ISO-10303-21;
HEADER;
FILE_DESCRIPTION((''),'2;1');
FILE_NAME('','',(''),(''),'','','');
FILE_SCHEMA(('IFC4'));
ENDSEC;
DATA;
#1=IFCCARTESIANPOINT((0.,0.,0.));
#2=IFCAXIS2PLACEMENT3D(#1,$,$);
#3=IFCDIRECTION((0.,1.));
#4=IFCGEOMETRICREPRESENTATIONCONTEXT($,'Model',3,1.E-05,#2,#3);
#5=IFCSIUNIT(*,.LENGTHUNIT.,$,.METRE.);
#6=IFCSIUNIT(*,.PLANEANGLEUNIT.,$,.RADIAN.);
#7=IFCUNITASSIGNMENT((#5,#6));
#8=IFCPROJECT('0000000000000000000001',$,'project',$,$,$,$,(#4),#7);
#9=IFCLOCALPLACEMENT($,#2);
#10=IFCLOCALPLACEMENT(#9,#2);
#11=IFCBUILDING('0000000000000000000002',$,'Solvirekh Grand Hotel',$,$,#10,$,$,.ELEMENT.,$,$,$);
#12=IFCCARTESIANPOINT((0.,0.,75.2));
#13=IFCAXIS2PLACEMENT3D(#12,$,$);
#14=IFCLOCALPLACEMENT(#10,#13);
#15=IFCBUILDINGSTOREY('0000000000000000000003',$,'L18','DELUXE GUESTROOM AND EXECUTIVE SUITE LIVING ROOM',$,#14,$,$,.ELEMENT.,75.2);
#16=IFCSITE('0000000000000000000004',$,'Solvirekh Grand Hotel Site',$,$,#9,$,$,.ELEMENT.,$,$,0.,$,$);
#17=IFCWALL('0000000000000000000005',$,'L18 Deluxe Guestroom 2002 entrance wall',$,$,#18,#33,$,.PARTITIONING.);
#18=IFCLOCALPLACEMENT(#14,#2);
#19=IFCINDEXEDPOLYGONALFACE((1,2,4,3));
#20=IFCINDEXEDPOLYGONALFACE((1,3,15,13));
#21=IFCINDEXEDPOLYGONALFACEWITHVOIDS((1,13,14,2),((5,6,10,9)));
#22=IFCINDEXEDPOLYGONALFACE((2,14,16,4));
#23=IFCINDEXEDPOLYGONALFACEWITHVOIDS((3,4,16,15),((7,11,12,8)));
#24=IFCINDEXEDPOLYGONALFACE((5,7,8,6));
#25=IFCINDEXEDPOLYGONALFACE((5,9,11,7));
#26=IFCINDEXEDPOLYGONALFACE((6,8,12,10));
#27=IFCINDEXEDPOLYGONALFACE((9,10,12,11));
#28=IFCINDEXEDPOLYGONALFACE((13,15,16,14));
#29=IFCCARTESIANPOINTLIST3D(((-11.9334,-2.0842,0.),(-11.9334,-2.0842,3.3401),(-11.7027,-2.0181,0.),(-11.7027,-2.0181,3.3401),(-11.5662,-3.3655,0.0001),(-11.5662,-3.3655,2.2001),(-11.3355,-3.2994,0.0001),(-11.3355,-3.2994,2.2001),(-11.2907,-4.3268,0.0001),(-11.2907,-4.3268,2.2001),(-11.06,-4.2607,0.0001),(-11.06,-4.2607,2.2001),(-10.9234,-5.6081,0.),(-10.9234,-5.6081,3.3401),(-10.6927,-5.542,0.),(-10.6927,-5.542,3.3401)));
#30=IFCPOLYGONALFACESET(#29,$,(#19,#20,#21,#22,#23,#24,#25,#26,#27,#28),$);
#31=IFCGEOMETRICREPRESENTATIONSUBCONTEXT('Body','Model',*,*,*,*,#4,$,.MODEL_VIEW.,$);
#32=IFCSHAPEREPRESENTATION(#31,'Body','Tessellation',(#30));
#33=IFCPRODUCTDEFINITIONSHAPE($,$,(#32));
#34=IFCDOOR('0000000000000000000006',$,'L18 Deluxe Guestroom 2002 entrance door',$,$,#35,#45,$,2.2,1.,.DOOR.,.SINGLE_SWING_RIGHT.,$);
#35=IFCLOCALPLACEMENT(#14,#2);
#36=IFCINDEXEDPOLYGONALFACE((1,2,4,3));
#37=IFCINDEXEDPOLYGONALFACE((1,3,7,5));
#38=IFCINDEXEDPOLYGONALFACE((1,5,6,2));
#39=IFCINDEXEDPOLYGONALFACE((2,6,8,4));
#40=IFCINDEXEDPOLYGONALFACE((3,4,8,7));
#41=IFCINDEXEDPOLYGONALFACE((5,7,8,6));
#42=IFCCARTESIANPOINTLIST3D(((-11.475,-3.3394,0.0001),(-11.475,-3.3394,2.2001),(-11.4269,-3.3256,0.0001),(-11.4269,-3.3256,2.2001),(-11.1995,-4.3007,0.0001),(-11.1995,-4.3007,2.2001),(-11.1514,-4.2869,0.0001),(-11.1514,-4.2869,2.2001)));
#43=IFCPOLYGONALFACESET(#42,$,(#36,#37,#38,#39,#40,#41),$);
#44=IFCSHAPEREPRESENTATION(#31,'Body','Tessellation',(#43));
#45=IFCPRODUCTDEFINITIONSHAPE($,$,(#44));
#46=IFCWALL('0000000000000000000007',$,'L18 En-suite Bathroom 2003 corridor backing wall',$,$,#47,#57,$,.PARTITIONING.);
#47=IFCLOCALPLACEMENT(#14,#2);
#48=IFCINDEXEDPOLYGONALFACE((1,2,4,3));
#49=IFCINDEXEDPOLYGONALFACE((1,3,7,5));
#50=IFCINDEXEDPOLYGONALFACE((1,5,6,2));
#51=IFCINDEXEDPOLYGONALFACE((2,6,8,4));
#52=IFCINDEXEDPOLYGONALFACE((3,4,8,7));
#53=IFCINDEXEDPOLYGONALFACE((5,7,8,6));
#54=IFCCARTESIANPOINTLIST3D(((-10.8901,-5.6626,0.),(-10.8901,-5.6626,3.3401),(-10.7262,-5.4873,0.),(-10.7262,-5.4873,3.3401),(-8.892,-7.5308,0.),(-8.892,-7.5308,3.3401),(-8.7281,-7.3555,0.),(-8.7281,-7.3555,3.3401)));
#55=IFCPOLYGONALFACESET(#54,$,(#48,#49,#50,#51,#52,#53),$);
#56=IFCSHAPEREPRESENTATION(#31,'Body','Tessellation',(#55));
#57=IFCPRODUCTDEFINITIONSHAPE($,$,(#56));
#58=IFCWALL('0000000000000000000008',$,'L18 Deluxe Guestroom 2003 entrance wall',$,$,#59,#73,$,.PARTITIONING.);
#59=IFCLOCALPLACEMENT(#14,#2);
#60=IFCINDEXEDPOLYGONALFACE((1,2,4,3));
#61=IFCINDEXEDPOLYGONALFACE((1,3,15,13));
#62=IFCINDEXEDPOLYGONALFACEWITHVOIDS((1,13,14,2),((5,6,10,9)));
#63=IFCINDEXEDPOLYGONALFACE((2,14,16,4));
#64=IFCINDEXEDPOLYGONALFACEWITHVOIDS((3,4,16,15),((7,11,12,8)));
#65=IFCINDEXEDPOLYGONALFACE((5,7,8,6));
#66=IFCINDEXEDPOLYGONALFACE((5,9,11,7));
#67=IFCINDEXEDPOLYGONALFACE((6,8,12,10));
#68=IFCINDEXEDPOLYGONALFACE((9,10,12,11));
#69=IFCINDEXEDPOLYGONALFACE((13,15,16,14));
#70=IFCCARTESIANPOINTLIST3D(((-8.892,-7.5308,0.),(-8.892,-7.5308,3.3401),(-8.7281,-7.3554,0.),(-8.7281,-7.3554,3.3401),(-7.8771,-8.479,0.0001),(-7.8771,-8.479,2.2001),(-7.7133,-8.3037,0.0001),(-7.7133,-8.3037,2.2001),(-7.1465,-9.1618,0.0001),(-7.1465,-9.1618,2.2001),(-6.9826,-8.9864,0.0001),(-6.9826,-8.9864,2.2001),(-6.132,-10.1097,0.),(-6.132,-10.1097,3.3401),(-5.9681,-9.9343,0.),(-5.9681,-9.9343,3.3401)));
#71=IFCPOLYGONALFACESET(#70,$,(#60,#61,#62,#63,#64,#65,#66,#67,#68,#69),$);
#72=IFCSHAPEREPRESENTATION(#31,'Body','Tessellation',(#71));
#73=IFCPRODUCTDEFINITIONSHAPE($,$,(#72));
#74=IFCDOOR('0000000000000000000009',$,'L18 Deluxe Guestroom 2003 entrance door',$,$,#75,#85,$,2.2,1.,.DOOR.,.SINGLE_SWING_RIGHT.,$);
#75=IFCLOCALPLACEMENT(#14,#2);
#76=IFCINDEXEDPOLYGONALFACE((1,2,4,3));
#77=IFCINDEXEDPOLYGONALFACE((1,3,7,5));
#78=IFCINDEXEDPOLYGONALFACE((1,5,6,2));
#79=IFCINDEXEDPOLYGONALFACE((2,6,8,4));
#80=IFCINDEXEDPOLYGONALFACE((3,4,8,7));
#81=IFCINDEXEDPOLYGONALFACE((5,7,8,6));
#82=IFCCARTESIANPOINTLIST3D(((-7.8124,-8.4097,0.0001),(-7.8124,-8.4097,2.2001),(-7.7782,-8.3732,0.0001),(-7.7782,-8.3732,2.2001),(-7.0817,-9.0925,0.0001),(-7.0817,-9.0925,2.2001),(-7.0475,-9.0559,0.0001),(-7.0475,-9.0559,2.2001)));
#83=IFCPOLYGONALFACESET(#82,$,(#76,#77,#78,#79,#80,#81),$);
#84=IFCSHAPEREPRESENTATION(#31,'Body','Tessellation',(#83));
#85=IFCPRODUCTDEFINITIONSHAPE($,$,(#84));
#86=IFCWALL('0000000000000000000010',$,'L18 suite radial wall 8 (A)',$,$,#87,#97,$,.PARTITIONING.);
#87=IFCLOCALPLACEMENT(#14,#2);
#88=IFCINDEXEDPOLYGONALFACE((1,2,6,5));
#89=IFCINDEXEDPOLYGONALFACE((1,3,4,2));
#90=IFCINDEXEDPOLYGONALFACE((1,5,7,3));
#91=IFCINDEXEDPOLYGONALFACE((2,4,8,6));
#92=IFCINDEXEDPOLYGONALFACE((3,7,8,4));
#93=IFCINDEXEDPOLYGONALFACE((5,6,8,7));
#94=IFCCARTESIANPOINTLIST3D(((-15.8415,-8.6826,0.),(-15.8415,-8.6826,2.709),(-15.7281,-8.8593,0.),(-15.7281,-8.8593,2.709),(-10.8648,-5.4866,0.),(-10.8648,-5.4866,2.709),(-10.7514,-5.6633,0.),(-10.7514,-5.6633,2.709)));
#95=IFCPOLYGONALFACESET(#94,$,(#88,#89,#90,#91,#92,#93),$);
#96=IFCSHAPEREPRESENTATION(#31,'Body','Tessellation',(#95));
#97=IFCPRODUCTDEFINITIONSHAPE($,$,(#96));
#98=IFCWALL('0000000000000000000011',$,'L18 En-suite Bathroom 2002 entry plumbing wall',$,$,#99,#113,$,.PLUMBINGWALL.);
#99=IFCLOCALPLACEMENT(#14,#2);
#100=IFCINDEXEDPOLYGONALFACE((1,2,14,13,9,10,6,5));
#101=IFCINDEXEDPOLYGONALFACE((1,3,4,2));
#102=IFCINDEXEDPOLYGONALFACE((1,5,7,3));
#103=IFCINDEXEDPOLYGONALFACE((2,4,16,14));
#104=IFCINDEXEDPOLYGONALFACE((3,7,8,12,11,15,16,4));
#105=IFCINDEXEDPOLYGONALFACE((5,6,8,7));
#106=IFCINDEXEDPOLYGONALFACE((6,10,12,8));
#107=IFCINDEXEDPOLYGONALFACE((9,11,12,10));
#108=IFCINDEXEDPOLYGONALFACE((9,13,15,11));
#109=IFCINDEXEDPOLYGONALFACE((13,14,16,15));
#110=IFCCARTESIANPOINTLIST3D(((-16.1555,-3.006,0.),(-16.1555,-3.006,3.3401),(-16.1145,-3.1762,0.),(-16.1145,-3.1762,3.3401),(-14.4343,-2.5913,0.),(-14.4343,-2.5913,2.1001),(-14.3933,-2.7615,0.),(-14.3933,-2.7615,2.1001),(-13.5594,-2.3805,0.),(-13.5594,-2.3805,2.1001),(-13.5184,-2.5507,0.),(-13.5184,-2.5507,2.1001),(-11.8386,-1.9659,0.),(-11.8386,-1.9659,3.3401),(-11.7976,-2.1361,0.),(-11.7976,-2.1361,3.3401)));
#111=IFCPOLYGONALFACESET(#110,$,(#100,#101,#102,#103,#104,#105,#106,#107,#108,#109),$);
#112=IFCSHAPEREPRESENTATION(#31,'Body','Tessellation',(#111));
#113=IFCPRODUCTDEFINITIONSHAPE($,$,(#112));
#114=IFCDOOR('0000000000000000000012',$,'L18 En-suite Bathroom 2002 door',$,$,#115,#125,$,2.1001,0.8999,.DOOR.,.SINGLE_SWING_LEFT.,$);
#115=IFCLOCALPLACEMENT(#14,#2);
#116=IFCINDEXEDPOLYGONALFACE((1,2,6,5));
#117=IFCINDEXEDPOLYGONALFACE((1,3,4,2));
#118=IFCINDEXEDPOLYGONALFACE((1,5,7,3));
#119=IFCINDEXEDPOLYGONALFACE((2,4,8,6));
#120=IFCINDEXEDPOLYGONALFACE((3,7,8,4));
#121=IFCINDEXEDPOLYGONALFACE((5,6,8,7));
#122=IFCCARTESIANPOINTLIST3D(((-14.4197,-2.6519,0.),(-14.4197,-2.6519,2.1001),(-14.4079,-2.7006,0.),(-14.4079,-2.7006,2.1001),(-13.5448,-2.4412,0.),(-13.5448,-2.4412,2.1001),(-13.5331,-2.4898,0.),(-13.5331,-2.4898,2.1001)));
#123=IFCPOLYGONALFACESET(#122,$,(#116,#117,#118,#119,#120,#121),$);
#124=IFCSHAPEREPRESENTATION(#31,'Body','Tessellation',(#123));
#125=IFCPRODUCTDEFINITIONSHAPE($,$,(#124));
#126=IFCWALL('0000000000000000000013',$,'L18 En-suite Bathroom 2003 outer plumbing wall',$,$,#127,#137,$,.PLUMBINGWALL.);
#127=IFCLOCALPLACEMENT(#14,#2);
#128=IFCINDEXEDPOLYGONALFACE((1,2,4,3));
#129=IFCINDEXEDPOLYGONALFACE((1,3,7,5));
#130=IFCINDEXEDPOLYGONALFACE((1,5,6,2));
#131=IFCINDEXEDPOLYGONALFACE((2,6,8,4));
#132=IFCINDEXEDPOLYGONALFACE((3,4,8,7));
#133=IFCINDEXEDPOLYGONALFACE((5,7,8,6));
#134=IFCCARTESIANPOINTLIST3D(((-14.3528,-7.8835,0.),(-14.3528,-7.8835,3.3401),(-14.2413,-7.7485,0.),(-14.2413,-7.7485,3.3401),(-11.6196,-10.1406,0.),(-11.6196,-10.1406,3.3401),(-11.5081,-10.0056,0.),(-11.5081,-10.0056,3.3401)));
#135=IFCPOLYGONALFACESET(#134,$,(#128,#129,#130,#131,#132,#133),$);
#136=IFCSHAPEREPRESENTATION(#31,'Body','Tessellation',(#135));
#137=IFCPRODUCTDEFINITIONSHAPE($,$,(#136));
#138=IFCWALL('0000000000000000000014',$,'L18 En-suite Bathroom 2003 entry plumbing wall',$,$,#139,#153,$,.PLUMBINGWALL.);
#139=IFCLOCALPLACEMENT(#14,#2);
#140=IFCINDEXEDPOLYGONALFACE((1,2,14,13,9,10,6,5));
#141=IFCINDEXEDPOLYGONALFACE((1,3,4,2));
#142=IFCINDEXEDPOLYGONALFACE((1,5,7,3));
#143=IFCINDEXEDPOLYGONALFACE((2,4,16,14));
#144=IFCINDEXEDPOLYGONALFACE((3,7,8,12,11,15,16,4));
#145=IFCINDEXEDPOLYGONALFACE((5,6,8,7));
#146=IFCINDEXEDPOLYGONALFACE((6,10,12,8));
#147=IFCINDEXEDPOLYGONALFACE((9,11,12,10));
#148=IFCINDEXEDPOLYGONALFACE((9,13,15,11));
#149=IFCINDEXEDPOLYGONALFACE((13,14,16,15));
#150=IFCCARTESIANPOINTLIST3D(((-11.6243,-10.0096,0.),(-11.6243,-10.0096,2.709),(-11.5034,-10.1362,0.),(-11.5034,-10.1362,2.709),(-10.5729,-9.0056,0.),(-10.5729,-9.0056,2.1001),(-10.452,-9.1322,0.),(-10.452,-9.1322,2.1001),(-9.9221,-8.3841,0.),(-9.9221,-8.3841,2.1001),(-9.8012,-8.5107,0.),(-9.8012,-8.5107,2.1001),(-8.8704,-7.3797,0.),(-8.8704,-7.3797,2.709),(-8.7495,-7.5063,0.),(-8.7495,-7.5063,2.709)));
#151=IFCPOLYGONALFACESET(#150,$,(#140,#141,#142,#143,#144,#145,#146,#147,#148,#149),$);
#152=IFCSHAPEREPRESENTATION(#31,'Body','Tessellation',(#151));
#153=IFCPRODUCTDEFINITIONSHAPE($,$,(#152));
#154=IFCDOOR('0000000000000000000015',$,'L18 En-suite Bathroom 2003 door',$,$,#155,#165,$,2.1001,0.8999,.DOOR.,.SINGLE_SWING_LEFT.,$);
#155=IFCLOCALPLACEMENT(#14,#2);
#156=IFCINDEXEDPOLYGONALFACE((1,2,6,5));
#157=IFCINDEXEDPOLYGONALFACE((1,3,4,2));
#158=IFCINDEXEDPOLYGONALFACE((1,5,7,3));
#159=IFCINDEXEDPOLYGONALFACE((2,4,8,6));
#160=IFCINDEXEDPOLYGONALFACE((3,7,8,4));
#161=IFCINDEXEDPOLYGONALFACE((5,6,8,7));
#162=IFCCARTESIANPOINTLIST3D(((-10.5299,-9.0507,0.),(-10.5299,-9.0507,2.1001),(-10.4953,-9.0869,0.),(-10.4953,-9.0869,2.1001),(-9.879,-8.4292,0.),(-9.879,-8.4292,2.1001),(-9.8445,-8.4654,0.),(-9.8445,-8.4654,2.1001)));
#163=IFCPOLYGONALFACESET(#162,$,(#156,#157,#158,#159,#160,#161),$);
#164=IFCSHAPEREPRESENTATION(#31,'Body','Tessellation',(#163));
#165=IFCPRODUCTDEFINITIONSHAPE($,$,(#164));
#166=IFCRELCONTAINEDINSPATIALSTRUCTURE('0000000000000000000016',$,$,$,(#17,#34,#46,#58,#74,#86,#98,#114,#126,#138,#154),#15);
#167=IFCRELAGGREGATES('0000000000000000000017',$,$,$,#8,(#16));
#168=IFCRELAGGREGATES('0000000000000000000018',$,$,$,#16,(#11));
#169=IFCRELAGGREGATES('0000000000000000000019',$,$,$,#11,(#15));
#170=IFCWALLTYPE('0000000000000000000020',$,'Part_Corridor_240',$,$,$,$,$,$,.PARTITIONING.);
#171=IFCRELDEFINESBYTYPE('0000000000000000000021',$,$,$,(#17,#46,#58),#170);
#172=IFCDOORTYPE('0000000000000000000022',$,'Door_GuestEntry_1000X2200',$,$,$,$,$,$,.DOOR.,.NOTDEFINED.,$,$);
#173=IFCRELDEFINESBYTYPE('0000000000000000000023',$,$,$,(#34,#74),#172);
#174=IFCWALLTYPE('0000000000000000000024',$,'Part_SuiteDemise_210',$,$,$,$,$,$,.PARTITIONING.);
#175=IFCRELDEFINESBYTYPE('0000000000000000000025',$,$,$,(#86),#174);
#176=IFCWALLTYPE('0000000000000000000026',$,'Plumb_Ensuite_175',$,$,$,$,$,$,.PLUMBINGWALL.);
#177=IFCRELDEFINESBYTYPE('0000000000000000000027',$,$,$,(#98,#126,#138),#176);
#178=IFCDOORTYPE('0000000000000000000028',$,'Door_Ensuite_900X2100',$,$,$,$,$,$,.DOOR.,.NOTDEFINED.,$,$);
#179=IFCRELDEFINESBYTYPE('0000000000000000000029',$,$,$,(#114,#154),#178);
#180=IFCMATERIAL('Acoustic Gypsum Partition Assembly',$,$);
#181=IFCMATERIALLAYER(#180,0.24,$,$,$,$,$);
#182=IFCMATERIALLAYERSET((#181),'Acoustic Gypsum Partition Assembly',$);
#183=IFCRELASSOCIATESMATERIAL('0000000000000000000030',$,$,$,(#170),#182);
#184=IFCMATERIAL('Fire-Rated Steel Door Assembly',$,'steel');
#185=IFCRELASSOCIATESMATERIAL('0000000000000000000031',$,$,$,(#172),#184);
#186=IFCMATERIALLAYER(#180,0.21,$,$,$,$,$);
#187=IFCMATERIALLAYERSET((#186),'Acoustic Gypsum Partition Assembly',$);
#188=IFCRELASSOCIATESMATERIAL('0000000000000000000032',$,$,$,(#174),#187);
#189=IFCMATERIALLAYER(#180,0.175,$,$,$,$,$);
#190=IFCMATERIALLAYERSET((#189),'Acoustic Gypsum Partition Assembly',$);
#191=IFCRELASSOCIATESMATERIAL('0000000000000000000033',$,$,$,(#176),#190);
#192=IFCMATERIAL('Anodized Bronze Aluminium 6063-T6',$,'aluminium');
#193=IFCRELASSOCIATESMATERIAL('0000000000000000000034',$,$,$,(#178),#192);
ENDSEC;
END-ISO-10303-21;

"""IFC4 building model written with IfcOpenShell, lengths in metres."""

from ifc_helpers import new_model, si_unit, direction, frame, frame_2d, origin, place, context, subcontext, project, spatial, rectangle, extrude, material, layer, layer_set, type_object, element, fill, save


model = new_model("IFC4")

# Units and contexts
model_context = context("Model", 3, precision=1e-05, world=origin(), true_north=direction((0.0, 1.0)))
body_context = subcontext(model_context, "Body", "Model", "MODEL_VIEW")
ifc_project = project(units=[si_unit("LENGTHUNIT", "METRE"), si_unit("PLANEANGLEUNIT", "RADIAN")], contexts=[model_context])

# Site, building, storey
site_placement = place(None, origin())
site = spatial("IfcSite", under=ifc_project, at=site_placement, Name="Solvirekh Grand Hotel Site", CompositionType="ELEMENT", RefElevation=0.0)
building_placement = place(site_placement, origin())
building = spatial("IfcBuilding", under=site, at=building_placement, Name="Solvirekh Grand Hotel", CompositionType="ELEMENT")
storey_placement = place(building_placement, frame((0.0, 0.0, 75.2)))
storey = spatial("IfcBuildingStorey", under=building, at=storey_placement, Name="L18", Description="DELUXE GUESTROOM AND EXECUTIVE SUITE LIVING ROOM", CompositionType="ELEMENT", Elevation=75.2)

# Wall, opening, door
ifc_material_1 = material(Name="Acoustic Gypsum Partition Assembly")
ifc_layer_1 = layer(ifc_material_1, 0.24)
ifc_layer_set_1 = layer_set([ifc_layer_1], Name="Acoustic Gypsum Partition Assembly")
wall_type_1 = type_object("IfcWallType", Name="Part_Corridor_240", PredefinedType="PARTITIONING", material=ifc_layer_set_1)
ifc_material_2 = material(Name="Fire-Rated Steel Door Assembly", Category="steel")
wall_1_placement = place(storey_placement, frame((-11.8181, -2.051, 0.0), z_axis=(0.0, 0.0, 1.0), x_axis=(0.275521, -0.961295, 0.0)))
wall_1 = element("IfcWall", 1, at=wall_1_placement, inside=storey, type_object=wall_type_1, Name="L18 Deluxe Guestroom 2002 entrance wall", PredefinedType="PARTITIONING", context=body_context, shape_type="SweptSolid", body=[
    extrude(rectangle(XDim=3.6658, YDim=0.24, at=frame_2d((1.833, 0.0))), origin(), (0.0, 0.0, 1.0), 3.3401),
])
opening_1_placement = place(wall_1_placement, frame((1.333, 0.0, 0.0)))
opening_1 = element("IfcOpeningElement", 2, at=opening_1_placement, cuts=wall_1, PredefinedType="OPENING", context=body_context, shape_type="SweptSolid", body=[
    extrude(rectangle(XDim=1.0, YDim=2.2, at=frame_2d((0.5, 1.1001))), frame((0.0, 0.1299, 0.0), z_axis=(0.0, -1.0, 0.0), x_axis=(1.0, 0.0, 0.0)), (0.0, 0.0, 1.0), 0.26),
])
door_type_1 = type_object("IfcDoorType", Name="Door_GuestEntry_1000X2200", OperationType="NOTDEFINED", PredefinedType="DOOR", material=ifc_material_2)
door_1_placement = place(opening_1_placement, origin())
door_1 = element("IfcDoor", 3, at=door_1_placement, inside=storey, type_object=door_type_1, Name="L18 Deluxe Guestroom 2002 entrance door", OperationType="SINGLE_SWING_RIGHT", OverallHeight=2.2, OverallWidth=1.0, PredefinedType="DOOR", context=body_context, shape_type="SweptSolid", body=[
    extrude(rectangle(XDim=1.0, YDim=2.2, at=frame_2d((0.5, 1.1001))), frame((0.0, 0.0249, 0.0), z_axis=(0.0, -1.0, 0.0), x_axis=(1.0, 0.0, 0.0)), (0.0, 0.0, 1.0), 0.05),
])
fill(opening_1, door_1)

# Wall
wall_2_placement = place(storey_placement, frame((-10.8081, -5.575, 0.0), z_axis=(0.0, 0.0, 1.0), x_axis=(0.730449, -0.682967, 0.0)))
element("IfcWall", 4, at=wall_2_placement, inside=storey, type_object=wall_type_1, Name="L18 En-suite Bathroom 2003 corridor backing wall", PredefinedType="PARTITIONING", context=body_context, shape_type="SweptSolid", body=[
    extrude(rectangle(XDim=2.7354, YDim=0.24, at=frame_2d((1.3677, 0.0))), origin(), (0.0, 0.0, 1.0), 3.3401),
])

# Wall, opening, door
wall_3_placement = place(storey_placement, frame((-8.8101, -7.4431, 0.0), z_axis=(0.0, 0.0, 1.0), x_axis=(0.730679, -0.682721, 0.0)))
wall_3 = element("IfcWall", 5, at=wall_3_placement, inside=storey, type_object=wall_type_1, Name="L18 Deluxe Guestroom 2003 entrance wall", PredefinedType="PARTITIONING", context=body_context, shape_type="SweptSolid", body=[
    extrude(rectangle(XDim=3.7773, YDim=0.24, at=frame_2d((1.8887, 0.0))), origin(), (0.0, 0.0, 1.0), 3.3401),
])
opening_2_placement = place(wall_3_placement, frame((1.3889, 0.0, 0.0)))
opening_2 = element("IfcOpeningElement", 6, at=opening_2_placement, cuts=wall_3, PredefinedType="OPENING", context=body_context, shape_type="SweptSolid", body=[
    extrude(rectangle(XDim=1.0, YDim=2.2, at=frame_2d((0.5, 1.1001))), frame((0.0, 0.1299, 0.0), z_axis=(0.0, -1.0, 0.0), x_axis=(1.0, 0.0, 0.0)), (0.0, 0.0, 1.0), 0.26),
])
door_2_placement = place(opening_2_placement, origin())
door_2 = element("IfcDoor", 7, at=door_2_placement, inside=storey, type_object=door_type_1, Name="L18 Deluxe Guestroom 2003 entrance door", OperationType="SINGLE_SWING_RIGHT", OverallHeight=2.2, OverallWidth=1.0, PredefinedType="DOOR", context=body_context, shape_type="SweptSolid", body=[
    extrude(rectangle(XDim=1.0, YDim=2.2, at=frame_2d((0.5, 1.1001))), frame((0.0, 0.0249, 0.0), z_axis=(0.0, -1.0, 0.0), x_axis=(1.0, 0.0, 0.0)), (0.0, 0.0, 1.0), 0.05),
])
fill(opening_2, door_2)

# Wall
ifc_layer_2 = layer(ifc_material_1, 0.21)
ifc_layer_set_2 = layer_set([ifc_layer_2], Name="Acoustic Gypsum Partition Assembly")
wall_type_2 = type_object("IfcWallType", Name="Part_SuiteDemise_210", PredefinedType="PARTITIONING", material=ifc_layer_set_2)
wall_4_placement = place(storey_placement, frame((-10.8081, -5.575, 0.0), z_axis=(0.0, 0.0, 1.0), x_axis=(-0.841435, -0.540359, 0.0)))
element("IfcWall", 8, at=wall_4_placement, inside=storey, type_object=wall_type_2, Name="L18 suite radial wall 8 (A)", PredefinedType="PARTITIONING", context=body_context, shape_type="SweptSolid", body=[
    extrude(rectangle(XDim=5.9146, YDim=0.21, at=frame_2d((2.9573, 0.0))), origin(), (0.0, 0.0, 1.0), 2.709),
])

# Wall, opening, door
ifc_layer_3 = layer(ifc_material_1, 0.175)
ifc_layer_set_3 = layer_set([ifc_layer_3], Name="Acoustic Gypsum Partition Assembly")
wall_type_3 = type_object("IfcWallType", Name="Plumb_Ensuite_175", PredefinedType="PLUMBINGWALL", material=ifc_layer_set_3)
wall_5_placement = place(storey_placement, frame((-11.8181, -2.051, 0.0), z_axis=(0.0, 0.0, 1.0), x_axis=(-0.972183, -0.234221, 0.0)))
wall_5 = element("IfcWall", 9, at=wall_5_placement, inside=storey, type_object=wall_type_3, Name="L18 En-suite Bathroom 2002 entry plumbing wall", PredefinedType="PLUMBINGWALL", context=body_context, shape_type="SweptSolid", body=[
    extrude(rectangle(XDim=4.4404, YDim=0.175, at=frame_2d((2.2202, 0.0))), origin(), (0.0, 0.0, 1.0), 3.3401),
])
opening_3_placement = place(wall_5_placement, frame((1.77, 0.0, 0.0)))
opening_3 = element("IfcOpeningElement", 10, at=opening_3_placement, cuts=wall_5, PredefinedType="OPENING", context=body_context, shape_type="SweptSolid", body=[
    extrude(rectangle(XDim=0.8999, YDim=2.1001, at=frame_2d((0.45, 1.05))), frame((0.0, 0.0977, 0.0), z_axis=(0.0, -1.0, 0.0), x_axis=(1.0, 0.0, 0.0)), (0.0, 0.0, 1.0), 0.1951),
])
ifc_material_3 = material(Name="Anodized Bronze Aluminium 6063-T6", Category="aluminium")
door_type_2 = type_object("IfcDoorType", Name="Door_Ensuite_900X2100", OperationType="NOTDEFINED", PredefinedType="DOOR", material=ifc_material_3)
door_3_placement = place(opening_3_placement, origin())
door_3 = element("IfcDoor", 11, at=door_3_placement, inside=storey, type_object=door_type_2, Name="L18 En-suite Bathroom 2002 door", OperationType="SINGLE_SWING_LEFT", OverallHeight=2.1001, OverallWidth=0.8999, PredefinedType="DOOR", context=body_context, shape_type="SweptSolid", body=[
    extrude(rectangle(XDim=0.8999, YDim=2.1001, at=frame_2d((0.45, 1.05))), frame((0.0, 0.0249, 0.0), z_axis=(0.0, -1.0, 0.0), x_axis=(1.0, 0.0, 0.0)), (0.0, 0.0, 1.0), 0.05),
])
fill(opening_3, door_3)

# Wall
wall_6_placement = place(storey_placement, frame((-14.2971, -7.8159, 0.0), z_axis=(0.0, 0.0, 1.0), x_axis=(0.771065, -0.636757, 0.0)))
element("IfcWall", 12, at=wall_6_placement, inside=storey, type_object=wall_type_3, Name="L18 En-suite Bathroom 2003 outer plumbing wall", PredefinedType="PLUMBINGWALL", context=body_context, shape_type="SweptSolid", body=[
    extrude(rectangle(XDim=3.5447, YDim=0.175, at=frame_2d((1.7725, 0.0))), origin(), (0.0, 0.0, 1.0), 3.3401),
])

# Wall, opening, door
wall_7_placement = place(storey_placement, frame((-8.8101, -7.4431, 0.0), z_axis=(0.0, 0.0, 1.0), x_axis=(-0.723204, -0.690634, 0.0)))
wall_7 = element("IfcWall", 13, at=wall_7_placement, inside=storey, type_object=wall_type_3, Name="L18 En-suite Bathroom 2003 entry plumbing wall", PredefinedType="PLUMBINGWALL", context=body_context, shape_type="SweptSolid", body=[
    extrude(rectangle(XDim=3.8079, YDim=0.175, at=frame_2d((1.9038, 0.0))), origin(), (0.0, 0.0, 1.0), 2.709),
])
opening_4_placement = place(wall_7_placement, frame((1.4541, 0.0, 0.0)))
opening_4 = element("IfcOpeningElement", 14, at=opening_4_placement, cuts=wall_7, PredefinedType="OPENING", context=body_context, shape_type="SweptSolid", body=[
    extrude(rectangle(XDim=0.8999, YDim=2.1001, at=frame_2d((0.45, 1.05))), frame((0.0, 0.0977, 0.0), z_axis=(0.0, -1.0, 0.0), x_axis=(1.0, 0.0, 0.0)), (0.0, 0.0, 1.0), 0.1951),
])
door_4_placement = place(opening_4_placement, origin())
door_4 = element("IfcDoor", 15, at=door_4_placement, inside=storey, type_object=door_type_2, Name="L18 En-suite Bathroom 2003 door", OperationType="SINGLE_SWING_LEFT", OverallHeight=2.1001, OverallWidth=0.8999, PredefinedType="DOOR", context=body_context, shape_type="SweptSolid", body=[
    extrude(rectangle(XDim=0.8999, YDim=2.1001, at=frame_2d((0.45, 1.05))), frame((0.0, 0.0249, 0.0), z_axis=(0.0, -1.0, 0.0), x_axis=(1.0, 0.0, 0.0)), (0.0, 0.0, 1.0), 0.05),
])
fill(opening_4, door_4)

save(model, "model.ifc")
